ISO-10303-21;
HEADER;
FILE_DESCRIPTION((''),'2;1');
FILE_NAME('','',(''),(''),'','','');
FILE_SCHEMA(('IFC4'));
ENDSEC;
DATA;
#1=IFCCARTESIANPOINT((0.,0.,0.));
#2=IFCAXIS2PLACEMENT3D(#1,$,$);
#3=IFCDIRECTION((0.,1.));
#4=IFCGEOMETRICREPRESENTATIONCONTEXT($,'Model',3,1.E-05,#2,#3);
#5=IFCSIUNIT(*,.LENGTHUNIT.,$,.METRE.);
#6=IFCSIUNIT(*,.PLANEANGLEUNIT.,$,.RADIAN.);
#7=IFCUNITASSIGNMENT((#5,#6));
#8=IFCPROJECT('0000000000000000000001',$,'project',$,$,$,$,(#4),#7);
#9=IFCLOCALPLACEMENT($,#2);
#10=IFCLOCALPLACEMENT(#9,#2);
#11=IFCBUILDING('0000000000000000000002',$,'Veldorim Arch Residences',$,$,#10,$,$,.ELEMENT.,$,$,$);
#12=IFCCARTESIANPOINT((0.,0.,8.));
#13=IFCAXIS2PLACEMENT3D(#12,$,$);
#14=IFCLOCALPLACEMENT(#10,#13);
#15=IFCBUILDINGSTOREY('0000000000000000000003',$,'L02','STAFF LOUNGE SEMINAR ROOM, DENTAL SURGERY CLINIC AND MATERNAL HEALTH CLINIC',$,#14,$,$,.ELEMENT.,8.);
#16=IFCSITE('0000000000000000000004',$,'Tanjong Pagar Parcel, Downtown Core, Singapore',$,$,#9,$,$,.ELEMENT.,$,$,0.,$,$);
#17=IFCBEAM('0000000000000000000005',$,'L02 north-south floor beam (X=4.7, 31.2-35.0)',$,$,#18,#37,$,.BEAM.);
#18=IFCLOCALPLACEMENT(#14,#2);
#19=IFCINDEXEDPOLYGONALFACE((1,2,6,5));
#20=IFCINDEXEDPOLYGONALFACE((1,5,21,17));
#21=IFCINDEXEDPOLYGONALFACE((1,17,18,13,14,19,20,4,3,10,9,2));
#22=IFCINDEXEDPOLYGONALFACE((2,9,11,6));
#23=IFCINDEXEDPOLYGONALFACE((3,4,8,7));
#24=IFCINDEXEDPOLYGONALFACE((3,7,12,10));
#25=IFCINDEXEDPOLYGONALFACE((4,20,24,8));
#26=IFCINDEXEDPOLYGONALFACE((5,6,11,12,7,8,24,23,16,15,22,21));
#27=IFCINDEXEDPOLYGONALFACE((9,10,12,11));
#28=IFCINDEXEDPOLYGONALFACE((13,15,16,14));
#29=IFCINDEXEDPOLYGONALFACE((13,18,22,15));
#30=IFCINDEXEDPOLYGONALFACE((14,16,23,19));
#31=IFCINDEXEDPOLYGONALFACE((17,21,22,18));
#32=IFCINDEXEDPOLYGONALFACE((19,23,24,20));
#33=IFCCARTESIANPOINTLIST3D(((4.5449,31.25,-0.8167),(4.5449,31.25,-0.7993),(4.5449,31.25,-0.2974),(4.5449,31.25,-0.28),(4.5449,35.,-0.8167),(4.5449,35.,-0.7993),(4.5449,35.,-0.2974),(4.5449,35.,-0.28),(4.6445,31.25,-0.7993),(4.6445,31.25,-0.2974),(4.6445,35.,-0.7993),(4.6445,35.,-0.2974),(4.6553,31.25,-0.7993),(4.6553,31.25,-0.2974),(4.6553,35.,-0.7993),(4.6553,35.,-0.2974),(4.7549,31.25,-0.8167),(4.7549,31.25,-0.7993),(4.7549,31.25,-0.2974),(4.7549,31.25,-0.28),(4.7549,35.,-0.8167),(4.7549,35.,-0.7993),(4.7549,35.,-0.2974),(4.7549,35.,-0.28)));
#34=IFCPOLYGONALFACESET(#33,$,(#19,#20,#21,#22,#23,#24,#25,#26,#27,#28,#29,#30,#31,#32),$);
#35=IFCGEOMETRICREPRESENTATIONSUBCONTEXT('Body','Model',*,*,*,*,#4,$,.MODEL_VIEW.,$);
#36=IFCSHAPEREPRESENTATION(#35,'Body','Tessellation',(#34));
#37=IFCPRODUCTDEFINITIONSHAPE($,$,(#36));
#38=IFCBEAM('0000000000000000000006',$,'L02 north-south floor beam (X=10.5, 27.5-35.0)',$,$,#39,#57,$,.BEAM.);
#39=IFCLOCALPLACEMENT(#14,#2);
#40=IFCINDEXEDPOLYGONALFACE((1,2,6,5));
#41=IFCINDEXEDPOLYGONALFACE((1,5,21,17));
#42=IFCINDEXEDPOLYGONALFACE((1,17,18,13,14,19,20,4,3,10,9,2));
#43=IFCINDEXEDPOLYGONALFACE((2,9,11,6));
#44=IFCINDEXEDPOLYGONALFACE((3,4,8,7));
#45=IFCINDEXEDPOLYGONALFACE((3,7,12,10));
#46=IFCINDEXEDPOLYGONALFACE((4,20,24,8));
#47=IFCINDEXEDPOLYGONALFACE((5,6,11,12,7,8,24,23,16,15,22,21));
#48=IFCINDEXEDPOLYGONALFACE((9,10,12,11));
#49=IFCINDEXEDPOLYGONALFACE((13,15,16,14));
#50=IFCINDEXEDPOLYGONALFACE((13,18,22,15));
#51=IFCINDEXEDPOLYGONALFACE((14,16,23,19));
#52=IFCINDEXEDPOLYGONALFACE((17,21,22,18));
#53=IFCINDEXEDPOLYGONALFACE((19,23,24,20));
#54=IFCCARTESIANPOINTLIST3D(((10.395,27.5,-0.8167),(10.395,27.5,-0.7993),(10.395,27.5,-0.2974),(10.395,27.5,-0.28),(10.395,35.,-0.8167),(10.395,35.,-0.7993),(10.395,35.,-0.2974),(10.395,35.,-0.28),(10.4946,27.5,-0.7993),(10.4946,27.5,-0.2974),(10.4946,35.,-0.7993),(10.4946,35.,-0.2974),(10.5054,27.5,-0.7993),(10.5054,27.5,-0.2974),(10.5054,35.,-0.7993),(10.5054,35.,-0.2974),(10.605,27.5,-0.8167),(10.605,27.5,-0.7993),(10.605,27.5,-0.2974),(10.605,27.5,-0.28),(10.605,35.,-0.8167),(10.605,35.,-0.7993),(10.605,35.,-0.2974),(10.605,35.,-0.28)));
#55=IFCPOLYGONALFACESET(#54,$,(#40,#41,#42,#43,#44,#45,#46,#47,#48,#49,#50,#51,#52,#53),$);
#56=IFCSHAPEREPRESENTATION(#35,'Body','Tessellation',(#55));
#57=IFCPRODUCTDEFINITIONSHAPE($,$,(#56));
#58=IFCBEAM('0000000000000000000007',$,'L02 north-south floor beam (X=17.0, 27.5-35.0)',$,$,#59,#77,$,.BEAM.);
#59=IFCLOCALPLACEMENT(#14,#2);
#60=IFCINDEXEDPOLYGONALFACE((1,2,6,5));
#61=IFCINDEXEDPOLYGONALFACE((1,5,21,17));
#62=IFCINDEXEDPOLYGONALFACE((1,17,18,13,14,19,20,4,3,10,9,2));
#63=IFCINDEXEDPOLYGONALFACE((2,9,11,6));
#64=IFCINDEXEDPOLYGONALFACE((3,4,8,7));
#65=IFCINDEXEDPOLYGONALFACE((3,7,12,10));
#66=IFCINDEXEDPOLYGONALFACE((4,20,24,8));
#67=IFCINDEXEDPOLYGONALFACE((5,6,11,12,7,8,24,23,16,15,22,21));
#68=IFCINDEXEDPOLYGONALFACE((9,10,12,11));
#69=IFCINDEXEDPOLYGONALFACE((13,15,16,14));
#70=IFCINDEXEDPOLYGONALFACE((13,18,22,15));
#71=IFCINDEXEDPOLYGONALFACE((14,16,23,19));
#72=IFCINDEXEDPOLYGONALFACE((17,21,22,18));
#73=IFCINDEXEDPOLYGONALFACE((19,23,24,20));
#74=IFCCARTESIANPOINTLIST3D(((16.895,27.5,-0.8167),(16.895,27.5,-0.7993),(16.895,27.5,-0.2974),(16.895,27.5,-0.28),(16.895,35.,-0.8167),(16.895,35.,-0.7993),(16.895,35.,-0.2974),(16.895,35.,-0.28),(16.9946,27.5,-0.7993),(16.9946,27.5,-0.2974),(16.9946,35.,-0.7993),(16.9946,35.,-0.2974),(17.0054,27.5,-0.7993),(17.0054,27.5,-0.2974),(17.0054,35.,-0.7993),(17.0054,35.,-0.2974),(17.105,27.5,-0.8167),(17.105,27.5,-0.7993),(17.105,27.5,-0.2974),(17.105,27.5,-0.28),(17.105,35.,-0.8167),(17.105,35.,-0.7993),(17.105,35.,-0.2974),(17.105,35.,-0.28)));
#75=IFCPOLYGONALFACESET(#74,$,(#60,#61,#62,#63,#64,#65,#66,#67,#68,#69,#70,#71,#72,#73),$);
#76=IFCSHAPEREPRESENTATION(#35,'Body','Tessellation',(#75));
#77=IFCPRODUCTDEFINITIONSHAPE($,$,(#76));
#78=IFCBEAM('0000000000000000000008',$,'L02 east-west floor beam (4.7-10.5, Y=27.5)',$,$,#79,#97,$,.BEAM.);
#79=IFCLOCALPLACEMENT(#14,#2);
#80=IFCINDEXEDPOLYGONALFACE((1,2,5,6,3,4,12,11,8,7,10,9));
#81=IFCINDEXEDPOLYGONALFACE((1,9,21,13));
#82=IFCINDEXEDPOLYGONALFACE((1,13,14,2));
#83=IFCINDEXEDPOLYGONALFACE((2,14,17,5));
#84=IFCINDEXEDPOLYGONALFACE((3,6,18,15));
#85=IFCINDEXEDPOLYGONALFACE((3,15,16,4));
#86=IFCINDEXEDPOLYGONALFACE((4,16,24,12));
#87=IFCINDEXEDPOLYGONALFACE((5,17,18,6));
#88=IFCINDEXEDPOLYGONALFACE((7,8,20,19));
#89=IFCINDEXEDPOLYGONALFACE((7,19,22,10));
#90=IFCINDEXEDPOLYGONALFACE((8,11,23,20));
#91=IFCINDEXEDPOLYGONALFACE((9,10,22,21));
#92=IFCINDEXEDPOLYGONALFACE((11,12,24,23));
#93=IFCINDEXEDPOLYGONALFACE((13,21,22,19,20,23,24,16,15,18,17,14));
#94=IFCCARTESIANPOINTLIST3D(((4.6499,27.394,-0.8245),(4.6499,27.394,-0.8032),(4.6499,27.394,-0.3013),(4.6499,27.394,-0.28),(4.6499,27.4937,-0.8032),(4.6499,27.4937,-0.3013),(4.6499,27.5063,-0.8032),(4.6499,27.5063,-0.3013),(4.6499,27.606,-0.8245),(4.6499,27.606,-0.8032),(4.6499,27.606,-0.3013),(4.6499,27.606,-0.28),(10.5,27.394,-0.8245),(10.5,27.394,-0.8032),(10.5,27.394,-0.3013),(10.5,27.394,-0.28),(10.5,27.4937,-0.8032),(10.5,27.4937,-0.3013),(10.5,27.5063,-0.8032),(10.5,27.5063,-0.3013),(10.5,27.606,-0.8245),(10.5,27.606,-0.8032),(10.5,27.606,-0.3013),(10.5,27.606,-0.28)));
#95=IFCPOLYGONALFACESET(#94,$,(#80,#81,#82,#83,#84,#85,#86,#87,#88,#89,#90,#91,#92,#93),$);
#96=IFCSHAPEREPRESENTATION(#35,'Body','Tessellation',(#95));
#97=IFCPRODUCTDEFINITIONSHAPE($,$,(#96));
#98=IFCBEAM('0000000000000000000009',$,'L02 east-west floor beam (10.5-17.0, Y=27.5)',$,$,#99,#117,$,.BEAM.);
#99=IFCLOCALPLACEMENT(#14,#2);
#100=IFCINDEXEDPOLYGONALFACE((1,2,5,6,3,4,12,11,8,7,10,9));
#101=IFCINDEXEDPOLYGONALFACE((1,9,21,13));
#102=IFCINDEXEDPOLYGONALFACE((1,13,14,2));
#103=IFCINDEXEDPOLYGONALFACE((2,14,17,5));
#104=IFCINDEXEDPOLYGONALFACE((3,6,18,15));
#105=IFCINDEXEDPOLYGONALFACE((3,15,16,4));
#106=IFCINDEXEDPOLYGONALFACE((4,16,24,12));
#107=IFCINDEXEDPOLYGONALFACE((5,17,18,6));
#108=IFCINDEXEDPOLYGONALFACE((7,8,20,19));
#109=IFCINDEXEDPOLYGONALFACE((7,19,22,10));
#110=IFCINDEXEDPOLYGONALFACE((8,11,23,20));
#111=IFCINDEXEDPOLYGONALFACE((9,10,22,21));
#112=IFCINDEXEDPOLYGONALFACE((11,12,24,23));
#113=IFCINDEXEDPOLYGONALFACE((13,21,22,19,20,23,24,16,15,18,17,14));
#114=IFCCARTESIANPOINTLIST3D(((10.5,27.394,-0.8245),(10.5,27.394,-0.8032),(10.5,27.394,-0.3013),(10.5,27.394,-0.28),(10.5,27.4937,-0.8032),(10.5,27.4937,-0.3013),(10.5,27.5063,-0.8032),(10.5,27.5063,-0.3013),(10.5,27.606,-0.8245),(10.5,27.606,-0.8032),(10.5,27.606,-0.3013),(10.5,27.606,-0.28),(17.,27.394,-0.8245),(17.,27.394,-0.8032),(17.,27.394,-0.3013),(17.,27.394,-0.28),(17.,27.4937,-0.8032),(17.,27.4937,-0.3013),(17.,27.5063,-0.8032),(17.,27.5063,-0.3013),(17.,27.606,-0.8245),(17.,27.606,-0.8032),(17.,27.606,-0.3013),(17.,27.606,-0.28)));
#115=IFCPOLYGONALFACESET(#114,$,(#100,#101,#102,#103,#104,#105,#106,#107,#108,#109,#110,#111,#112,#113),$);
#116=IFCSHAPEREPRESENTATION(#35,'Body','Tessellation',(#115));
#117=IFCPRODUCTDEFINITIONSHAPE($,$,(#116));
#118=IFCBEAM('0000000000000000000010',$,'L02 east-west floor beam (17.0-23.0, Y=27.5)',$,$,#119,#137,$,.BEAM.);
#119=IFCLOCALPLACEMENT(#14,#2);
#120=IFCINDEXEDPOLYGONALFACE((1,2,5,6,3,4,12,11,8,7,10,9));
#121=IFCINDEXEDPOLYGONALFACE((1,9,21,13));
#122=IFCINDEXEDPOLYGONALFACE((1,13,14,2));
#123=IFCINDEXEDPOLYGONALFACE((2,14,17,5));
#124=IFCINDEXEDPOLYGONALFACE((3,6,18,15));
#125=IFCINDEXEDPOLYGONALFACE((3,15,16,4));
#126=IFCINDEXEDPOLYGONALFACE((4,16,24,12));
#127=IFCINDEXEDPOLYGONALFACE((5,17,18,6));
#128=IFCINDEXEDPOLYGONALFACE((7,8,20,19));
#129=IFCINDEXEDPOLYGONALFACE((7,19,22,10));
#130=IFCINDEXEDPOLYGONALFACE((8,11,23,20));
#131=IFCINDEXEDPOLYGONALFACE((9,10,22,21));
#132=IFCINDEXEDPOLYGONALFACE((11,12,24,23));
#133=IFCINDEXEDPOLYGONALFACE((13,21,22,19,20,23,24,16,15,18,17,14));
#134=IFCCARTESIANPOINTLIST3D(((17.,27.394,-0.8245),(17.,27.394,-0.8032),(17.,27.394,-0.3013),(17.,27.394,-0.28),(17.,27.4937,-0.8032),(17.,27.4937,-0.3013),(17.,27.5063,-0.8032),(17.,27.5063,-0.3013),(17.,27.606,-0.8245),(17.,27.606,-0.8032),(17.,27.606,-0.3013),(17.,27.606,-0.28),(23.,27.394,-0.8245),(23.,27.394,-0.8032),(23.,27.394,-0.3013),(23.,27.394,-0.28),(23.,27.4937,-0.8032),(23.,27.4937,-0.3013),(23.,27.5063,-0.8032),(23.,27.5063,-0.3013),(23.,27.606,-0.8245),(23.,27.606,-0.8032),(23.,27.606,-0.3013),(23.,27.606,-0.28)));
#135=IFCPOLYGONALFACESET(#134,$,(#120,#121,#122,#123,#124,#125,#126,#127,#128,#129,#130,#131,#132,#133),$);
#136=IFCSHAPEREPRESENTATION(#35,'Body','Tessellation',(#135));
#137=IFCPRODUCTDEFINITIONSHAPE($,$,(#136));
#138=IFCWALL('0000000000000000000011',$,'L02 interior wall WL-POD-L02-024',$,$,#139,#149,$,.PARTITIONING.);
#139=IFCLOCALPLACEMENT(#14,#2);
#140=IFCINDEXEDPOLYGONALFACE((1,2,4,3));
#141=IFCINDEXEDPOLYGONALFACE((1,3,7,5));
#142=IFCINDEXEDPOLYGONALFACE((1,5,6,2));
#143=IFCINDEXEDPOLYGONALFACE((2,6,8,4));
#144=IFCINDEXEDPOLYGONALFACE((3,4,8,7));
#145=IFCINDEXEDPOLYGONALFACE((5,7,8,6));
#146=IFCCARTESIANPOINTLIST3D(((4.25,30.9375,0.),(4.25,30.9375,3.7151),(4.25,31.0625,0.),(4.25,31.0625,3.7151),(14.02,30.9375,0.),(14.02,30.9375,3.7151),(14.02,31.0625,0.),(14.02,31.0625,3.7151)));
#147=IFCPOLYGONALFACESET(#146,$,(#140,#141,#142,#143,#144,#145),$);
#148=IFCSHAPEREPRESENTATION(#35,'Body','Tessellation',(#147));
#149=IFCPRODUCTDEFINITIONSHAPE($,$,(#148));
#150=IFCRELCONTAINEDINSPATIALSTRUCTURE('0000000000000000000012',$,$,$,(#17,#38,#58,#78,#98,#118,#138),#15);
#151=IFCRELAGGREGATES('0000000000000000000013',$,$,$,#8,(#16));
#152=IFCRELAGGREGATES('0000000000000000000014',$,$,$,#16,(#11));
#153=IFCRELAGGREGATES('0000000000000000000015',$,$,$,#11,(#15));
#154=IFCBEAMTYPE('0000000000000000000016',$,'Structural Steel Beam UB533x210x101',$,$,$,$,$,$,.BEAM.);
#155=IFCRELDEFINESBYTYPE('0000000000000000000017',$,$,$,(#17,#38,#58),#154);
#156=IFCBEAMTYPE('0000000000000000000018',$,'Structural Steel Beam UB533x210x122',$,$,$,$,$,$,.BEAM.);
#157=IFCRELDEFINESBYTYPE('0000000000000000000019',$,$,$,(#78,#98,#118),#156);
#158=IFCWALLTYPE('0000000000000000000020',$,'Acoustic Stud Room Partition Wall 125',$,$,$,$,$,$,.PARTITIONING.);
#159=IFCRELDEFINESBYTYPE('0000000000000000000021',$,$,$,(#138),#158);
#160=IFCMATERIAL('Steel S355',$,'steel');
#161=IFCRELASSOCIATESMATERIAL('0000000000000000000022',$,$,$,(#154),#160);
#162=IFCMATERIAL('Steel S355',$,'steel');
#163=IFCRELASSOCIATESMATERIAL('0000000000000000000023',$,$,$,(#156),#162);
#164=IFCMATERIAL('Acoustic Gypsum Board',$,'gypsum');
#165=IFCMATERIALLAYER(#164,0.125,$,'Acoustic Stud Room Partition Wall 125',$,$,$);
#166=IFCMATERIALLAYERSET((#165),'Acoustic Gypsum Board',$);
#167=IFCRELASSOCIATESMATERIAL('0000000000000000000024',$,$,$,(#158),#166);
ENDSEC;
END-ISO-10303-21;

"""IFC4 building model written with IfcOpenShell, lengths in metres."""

from ifc_helpers import new_model, si_unit, direction, frame, frame_2d, origin, origin_2d, place, context, subcontext, project, spatial, rectangle, i_section, extrude, material, layer, layer_set, material_profile, profile_set, type_object, element, save


model = new_model("IFC4")

# Units and contexts
model_context = context("Model", 3, precision=1e-05, world=origin(), true_north=direction((0.0, 1.0)))
body_context = subcontext(model_context, "Body", "Model", "MODEL_VIEW")
ifc_project = project(units=[si_unit("LENGTHUNIT", "METRE"), si_unit("PLANEANGLEUNIT", "RADIAN")], contexts=[model_context])

# Site, building, storey
site_placement = place(None, origin())
site = spatial("IfcSite", under=ifc_project, at=site_placement, Name="Tanjong Pagar Parcel, Downtown Core, Singapore", CompositionType="ELEMENT", RefElevation=0.0)
building_placement = place(site_placement, origin())
building = spatial("IfcBuilding", under=site, at=building_placement, Name="Veldorim Arch Residences", CompositionType="ELEMENT")
storey_placement = place(building_placement, frame((0.0, 0.0, 8.0)))
storey = spatial("IfcBuildingStorey", under=building, at=storey_placement, Name="L02", Description="STAFF LOUNGE SEMINAR ROOM, DENTAL SURGERY CLINIC AND MATERNAL HEALTH CLINIC", CompositionType="ELEMENT", Elevation=8.0)

# Beams
ifc_material_1 = material(Name="Steel S355", Category="steel")
ifc_material_profile_1 = material_profile(ifc_material_1, i_section(OverallWidth=0.21, OverallDepth=0.5366, WebThickness=0.0107, FlangeThickness=0.0173, at=origin_2d()), Name="UB533x210x101")
ifc_profile_set_1 = profile_set([ifc_material_profile_1], Name="Steel S355")
beam_type_1 = type_object("IfcBeamType", Name="Structural Steel Beam UB533x210x101", PredefinedType="BEAM", material=ifc_profile_set_1)
for number, where, z_axis, x_axis, name in (
    (1, (4.6499, 31.25, -0.5483), (0.0, 1.0, 0.0), (-1.0, 0.0, 0.0), "L02 north-south floor beam (X=4.7, 31.2-35.0)"),
):
    element("IfcBeam", number, at=place(storey_placement, frame(where, z_axis=z_axis, x_axis=x_axis)), inside=storey, type_object=beam_type_1, Name=name, PredefinedType="BEAM", context=body_context, shape_type="SweptSolid", body=[
        extrude(i_section(OverallWidth=0.21, OverallDepth=0.5366, WebThickness=0.0107, FlangeThickness=0.0173, at=origin_2d()), origin(), (0.0, 0.0, 1.0), 3.75),
    ])
for number, where, z_axis, x_axis, name in (
    (2, (10.5, 27.5, -0.5483), (0.0, 1.0, 0.0), (-1.0, 0.0, 0.0), "L02 north-south floor beam (X=10.5, 27.5-35.0)"),
    (3, (17.0, 27.5, -0.5483), (0.0, 1.0, 0.0), (-1.0, 0.0, 0.0), "L02 north-south floor beam (X=17.0, 27.5-35.0)"),
):
    element("IfcBeam", number, at=place(storey_placement, frame(where, z_axis=z_axis, x_axis=x_axis)), inside=storey, type_object=beam_type_1, Name=name, PredefinedType="BEAM", context=body_context, shape_type="SweptSolid", body=[
        extrude(i_section(OverallWidth=0.21, OverallDepth=0.5366, WebThickness=0.0107, FlangeThickness=0.0173, at=origin_2d()), origin(), (0.0, 0.0, 1.0), 7.5),
    ])
ifc_material_2 = material(Name="Steel S355", Category="steel")
ifc_material_profile_2 = material_profile(ifc_material_2, i_section(OverallWidth=0.2119, OverallDepth=0.5444, WebThickness=0.0127, FlangeThickness=0.0212, at=origin_2d()), Name="UB533x210x122")
ifc_profile_set_2 = profile_set([ifc_material_profile_2], Name="Steel S355")
beam_type_2 = type_object("IfcBeamType", Name="Structural Steel Beam UB533x210x122", PredefinedType="BEAM", material=ifc_profile_set_2)
beam_1_placement = place(storey_placement, frame((4.6499, 27.5, -0.5522), z_axis=(1.0, 0.0, 0.0), x_axis=(0.0, 1.0, 0.0)))
element("IfcBeam", 4, at=beam_1_placement, inside=storey, type_object=beam_type_2, Name="L02 east-west floor beam (4.7-10.5, Y=27.5)", PredefinedType="BEAM", context=body_context, shape_type="SweptSolid", body=[
    extrude(i_section(OverallWidth=0.2119, OverallDepth=0.5444, WebThickness=0.0127, FlangeThickness=0.0212, at=origin_2d()), origin(), (0.0, 0.0, 1.0), 5.8501),
])
beam_2_placement = place(storey_placement, frame((10.5, 27.5, -0.5522), z_axis=(1.0, 0.0, 0.0), x_axis=(0.0, 1.0, 0.0)))
element("IfcBeam", 5, at=beam_2_placement, inside=storey, type_object=beam_type_2, Name="L02 east-west floor beam (10.5-17.0, Y=27.5)", PredefinedType="BEAM", context=body_context, shape_type="SweptSolid", body=[
    extrude(i_section(OverallWidth=0.2119, OverallDepth=0.5444, WebThickness=0.0127, FlangeThickness=0.0212, at=origin_2d()), origin(), (0.0, 0.0, 1.0), 6.5),
])
beam_3_placement = place(storey_placement, frame((17.0, 27.5, -0.5522), z_axis=(1.0, 0.0, 0.0), x_axis=(0.0, 1.0, 0.0)))
element("IfcBeam", 6, at=beam_3_placement, inside=storey, type_object=beam_type_2, Name="L02 east-west floor beam (17.0-23.0, Y=27.5)", PredefinedType="BEAM", context=body_context, shape_type="SweptSolid", body=[
    extrude(i_section(OverallWidth=0.2119, OverallDepth=0.5444, WebThickness=0.0127, FlangeThickness=0.0212, at=origin_2d()), origin(), (0.0, 0.0, 1.0), 6.0),
])

# Wall
ifc_material_3 = material(Name="Acoustic Gypsum Board", Category="gypsum")
ifc_layer_1 = layer(ifc_material_3, 0.125, Name="Acoustic Stud Room Partition Wall 125")
ifc_layer_set_1 = layer_set([ifc_layer_1], Name="Acoustic Gypsum Board")
wall_type_1 = type_object("IfcWallType", Name="Acoustic Stud Room Partition Wall 125", PredefinedType="PARTITIONING", material=ifc_layer_set_1)
wall_1_placement = place(storey_placement, frame((4.25, 31.0, 0.0), z_axis=(0.0, 0.0, 1.0), x_axis=(1.0, 0.0, 0.0)))
element("IfcWall", 7, at=wall_1_placement, inside=storey, type_object=wall_type_1, Name="L02 interior wall WL-POD-L02-024", PredefinedType="PARTITIONING", context=body_context, shape_type="SweptSolid", body=[
    extrude(rectangle(XDim=9.77, YDim=0.125, at=frame_2d((4.885, 0.0))), origin(), (0.0, 0.0, 1.0), 3.7151),
])

save(model, "model.ifc")
